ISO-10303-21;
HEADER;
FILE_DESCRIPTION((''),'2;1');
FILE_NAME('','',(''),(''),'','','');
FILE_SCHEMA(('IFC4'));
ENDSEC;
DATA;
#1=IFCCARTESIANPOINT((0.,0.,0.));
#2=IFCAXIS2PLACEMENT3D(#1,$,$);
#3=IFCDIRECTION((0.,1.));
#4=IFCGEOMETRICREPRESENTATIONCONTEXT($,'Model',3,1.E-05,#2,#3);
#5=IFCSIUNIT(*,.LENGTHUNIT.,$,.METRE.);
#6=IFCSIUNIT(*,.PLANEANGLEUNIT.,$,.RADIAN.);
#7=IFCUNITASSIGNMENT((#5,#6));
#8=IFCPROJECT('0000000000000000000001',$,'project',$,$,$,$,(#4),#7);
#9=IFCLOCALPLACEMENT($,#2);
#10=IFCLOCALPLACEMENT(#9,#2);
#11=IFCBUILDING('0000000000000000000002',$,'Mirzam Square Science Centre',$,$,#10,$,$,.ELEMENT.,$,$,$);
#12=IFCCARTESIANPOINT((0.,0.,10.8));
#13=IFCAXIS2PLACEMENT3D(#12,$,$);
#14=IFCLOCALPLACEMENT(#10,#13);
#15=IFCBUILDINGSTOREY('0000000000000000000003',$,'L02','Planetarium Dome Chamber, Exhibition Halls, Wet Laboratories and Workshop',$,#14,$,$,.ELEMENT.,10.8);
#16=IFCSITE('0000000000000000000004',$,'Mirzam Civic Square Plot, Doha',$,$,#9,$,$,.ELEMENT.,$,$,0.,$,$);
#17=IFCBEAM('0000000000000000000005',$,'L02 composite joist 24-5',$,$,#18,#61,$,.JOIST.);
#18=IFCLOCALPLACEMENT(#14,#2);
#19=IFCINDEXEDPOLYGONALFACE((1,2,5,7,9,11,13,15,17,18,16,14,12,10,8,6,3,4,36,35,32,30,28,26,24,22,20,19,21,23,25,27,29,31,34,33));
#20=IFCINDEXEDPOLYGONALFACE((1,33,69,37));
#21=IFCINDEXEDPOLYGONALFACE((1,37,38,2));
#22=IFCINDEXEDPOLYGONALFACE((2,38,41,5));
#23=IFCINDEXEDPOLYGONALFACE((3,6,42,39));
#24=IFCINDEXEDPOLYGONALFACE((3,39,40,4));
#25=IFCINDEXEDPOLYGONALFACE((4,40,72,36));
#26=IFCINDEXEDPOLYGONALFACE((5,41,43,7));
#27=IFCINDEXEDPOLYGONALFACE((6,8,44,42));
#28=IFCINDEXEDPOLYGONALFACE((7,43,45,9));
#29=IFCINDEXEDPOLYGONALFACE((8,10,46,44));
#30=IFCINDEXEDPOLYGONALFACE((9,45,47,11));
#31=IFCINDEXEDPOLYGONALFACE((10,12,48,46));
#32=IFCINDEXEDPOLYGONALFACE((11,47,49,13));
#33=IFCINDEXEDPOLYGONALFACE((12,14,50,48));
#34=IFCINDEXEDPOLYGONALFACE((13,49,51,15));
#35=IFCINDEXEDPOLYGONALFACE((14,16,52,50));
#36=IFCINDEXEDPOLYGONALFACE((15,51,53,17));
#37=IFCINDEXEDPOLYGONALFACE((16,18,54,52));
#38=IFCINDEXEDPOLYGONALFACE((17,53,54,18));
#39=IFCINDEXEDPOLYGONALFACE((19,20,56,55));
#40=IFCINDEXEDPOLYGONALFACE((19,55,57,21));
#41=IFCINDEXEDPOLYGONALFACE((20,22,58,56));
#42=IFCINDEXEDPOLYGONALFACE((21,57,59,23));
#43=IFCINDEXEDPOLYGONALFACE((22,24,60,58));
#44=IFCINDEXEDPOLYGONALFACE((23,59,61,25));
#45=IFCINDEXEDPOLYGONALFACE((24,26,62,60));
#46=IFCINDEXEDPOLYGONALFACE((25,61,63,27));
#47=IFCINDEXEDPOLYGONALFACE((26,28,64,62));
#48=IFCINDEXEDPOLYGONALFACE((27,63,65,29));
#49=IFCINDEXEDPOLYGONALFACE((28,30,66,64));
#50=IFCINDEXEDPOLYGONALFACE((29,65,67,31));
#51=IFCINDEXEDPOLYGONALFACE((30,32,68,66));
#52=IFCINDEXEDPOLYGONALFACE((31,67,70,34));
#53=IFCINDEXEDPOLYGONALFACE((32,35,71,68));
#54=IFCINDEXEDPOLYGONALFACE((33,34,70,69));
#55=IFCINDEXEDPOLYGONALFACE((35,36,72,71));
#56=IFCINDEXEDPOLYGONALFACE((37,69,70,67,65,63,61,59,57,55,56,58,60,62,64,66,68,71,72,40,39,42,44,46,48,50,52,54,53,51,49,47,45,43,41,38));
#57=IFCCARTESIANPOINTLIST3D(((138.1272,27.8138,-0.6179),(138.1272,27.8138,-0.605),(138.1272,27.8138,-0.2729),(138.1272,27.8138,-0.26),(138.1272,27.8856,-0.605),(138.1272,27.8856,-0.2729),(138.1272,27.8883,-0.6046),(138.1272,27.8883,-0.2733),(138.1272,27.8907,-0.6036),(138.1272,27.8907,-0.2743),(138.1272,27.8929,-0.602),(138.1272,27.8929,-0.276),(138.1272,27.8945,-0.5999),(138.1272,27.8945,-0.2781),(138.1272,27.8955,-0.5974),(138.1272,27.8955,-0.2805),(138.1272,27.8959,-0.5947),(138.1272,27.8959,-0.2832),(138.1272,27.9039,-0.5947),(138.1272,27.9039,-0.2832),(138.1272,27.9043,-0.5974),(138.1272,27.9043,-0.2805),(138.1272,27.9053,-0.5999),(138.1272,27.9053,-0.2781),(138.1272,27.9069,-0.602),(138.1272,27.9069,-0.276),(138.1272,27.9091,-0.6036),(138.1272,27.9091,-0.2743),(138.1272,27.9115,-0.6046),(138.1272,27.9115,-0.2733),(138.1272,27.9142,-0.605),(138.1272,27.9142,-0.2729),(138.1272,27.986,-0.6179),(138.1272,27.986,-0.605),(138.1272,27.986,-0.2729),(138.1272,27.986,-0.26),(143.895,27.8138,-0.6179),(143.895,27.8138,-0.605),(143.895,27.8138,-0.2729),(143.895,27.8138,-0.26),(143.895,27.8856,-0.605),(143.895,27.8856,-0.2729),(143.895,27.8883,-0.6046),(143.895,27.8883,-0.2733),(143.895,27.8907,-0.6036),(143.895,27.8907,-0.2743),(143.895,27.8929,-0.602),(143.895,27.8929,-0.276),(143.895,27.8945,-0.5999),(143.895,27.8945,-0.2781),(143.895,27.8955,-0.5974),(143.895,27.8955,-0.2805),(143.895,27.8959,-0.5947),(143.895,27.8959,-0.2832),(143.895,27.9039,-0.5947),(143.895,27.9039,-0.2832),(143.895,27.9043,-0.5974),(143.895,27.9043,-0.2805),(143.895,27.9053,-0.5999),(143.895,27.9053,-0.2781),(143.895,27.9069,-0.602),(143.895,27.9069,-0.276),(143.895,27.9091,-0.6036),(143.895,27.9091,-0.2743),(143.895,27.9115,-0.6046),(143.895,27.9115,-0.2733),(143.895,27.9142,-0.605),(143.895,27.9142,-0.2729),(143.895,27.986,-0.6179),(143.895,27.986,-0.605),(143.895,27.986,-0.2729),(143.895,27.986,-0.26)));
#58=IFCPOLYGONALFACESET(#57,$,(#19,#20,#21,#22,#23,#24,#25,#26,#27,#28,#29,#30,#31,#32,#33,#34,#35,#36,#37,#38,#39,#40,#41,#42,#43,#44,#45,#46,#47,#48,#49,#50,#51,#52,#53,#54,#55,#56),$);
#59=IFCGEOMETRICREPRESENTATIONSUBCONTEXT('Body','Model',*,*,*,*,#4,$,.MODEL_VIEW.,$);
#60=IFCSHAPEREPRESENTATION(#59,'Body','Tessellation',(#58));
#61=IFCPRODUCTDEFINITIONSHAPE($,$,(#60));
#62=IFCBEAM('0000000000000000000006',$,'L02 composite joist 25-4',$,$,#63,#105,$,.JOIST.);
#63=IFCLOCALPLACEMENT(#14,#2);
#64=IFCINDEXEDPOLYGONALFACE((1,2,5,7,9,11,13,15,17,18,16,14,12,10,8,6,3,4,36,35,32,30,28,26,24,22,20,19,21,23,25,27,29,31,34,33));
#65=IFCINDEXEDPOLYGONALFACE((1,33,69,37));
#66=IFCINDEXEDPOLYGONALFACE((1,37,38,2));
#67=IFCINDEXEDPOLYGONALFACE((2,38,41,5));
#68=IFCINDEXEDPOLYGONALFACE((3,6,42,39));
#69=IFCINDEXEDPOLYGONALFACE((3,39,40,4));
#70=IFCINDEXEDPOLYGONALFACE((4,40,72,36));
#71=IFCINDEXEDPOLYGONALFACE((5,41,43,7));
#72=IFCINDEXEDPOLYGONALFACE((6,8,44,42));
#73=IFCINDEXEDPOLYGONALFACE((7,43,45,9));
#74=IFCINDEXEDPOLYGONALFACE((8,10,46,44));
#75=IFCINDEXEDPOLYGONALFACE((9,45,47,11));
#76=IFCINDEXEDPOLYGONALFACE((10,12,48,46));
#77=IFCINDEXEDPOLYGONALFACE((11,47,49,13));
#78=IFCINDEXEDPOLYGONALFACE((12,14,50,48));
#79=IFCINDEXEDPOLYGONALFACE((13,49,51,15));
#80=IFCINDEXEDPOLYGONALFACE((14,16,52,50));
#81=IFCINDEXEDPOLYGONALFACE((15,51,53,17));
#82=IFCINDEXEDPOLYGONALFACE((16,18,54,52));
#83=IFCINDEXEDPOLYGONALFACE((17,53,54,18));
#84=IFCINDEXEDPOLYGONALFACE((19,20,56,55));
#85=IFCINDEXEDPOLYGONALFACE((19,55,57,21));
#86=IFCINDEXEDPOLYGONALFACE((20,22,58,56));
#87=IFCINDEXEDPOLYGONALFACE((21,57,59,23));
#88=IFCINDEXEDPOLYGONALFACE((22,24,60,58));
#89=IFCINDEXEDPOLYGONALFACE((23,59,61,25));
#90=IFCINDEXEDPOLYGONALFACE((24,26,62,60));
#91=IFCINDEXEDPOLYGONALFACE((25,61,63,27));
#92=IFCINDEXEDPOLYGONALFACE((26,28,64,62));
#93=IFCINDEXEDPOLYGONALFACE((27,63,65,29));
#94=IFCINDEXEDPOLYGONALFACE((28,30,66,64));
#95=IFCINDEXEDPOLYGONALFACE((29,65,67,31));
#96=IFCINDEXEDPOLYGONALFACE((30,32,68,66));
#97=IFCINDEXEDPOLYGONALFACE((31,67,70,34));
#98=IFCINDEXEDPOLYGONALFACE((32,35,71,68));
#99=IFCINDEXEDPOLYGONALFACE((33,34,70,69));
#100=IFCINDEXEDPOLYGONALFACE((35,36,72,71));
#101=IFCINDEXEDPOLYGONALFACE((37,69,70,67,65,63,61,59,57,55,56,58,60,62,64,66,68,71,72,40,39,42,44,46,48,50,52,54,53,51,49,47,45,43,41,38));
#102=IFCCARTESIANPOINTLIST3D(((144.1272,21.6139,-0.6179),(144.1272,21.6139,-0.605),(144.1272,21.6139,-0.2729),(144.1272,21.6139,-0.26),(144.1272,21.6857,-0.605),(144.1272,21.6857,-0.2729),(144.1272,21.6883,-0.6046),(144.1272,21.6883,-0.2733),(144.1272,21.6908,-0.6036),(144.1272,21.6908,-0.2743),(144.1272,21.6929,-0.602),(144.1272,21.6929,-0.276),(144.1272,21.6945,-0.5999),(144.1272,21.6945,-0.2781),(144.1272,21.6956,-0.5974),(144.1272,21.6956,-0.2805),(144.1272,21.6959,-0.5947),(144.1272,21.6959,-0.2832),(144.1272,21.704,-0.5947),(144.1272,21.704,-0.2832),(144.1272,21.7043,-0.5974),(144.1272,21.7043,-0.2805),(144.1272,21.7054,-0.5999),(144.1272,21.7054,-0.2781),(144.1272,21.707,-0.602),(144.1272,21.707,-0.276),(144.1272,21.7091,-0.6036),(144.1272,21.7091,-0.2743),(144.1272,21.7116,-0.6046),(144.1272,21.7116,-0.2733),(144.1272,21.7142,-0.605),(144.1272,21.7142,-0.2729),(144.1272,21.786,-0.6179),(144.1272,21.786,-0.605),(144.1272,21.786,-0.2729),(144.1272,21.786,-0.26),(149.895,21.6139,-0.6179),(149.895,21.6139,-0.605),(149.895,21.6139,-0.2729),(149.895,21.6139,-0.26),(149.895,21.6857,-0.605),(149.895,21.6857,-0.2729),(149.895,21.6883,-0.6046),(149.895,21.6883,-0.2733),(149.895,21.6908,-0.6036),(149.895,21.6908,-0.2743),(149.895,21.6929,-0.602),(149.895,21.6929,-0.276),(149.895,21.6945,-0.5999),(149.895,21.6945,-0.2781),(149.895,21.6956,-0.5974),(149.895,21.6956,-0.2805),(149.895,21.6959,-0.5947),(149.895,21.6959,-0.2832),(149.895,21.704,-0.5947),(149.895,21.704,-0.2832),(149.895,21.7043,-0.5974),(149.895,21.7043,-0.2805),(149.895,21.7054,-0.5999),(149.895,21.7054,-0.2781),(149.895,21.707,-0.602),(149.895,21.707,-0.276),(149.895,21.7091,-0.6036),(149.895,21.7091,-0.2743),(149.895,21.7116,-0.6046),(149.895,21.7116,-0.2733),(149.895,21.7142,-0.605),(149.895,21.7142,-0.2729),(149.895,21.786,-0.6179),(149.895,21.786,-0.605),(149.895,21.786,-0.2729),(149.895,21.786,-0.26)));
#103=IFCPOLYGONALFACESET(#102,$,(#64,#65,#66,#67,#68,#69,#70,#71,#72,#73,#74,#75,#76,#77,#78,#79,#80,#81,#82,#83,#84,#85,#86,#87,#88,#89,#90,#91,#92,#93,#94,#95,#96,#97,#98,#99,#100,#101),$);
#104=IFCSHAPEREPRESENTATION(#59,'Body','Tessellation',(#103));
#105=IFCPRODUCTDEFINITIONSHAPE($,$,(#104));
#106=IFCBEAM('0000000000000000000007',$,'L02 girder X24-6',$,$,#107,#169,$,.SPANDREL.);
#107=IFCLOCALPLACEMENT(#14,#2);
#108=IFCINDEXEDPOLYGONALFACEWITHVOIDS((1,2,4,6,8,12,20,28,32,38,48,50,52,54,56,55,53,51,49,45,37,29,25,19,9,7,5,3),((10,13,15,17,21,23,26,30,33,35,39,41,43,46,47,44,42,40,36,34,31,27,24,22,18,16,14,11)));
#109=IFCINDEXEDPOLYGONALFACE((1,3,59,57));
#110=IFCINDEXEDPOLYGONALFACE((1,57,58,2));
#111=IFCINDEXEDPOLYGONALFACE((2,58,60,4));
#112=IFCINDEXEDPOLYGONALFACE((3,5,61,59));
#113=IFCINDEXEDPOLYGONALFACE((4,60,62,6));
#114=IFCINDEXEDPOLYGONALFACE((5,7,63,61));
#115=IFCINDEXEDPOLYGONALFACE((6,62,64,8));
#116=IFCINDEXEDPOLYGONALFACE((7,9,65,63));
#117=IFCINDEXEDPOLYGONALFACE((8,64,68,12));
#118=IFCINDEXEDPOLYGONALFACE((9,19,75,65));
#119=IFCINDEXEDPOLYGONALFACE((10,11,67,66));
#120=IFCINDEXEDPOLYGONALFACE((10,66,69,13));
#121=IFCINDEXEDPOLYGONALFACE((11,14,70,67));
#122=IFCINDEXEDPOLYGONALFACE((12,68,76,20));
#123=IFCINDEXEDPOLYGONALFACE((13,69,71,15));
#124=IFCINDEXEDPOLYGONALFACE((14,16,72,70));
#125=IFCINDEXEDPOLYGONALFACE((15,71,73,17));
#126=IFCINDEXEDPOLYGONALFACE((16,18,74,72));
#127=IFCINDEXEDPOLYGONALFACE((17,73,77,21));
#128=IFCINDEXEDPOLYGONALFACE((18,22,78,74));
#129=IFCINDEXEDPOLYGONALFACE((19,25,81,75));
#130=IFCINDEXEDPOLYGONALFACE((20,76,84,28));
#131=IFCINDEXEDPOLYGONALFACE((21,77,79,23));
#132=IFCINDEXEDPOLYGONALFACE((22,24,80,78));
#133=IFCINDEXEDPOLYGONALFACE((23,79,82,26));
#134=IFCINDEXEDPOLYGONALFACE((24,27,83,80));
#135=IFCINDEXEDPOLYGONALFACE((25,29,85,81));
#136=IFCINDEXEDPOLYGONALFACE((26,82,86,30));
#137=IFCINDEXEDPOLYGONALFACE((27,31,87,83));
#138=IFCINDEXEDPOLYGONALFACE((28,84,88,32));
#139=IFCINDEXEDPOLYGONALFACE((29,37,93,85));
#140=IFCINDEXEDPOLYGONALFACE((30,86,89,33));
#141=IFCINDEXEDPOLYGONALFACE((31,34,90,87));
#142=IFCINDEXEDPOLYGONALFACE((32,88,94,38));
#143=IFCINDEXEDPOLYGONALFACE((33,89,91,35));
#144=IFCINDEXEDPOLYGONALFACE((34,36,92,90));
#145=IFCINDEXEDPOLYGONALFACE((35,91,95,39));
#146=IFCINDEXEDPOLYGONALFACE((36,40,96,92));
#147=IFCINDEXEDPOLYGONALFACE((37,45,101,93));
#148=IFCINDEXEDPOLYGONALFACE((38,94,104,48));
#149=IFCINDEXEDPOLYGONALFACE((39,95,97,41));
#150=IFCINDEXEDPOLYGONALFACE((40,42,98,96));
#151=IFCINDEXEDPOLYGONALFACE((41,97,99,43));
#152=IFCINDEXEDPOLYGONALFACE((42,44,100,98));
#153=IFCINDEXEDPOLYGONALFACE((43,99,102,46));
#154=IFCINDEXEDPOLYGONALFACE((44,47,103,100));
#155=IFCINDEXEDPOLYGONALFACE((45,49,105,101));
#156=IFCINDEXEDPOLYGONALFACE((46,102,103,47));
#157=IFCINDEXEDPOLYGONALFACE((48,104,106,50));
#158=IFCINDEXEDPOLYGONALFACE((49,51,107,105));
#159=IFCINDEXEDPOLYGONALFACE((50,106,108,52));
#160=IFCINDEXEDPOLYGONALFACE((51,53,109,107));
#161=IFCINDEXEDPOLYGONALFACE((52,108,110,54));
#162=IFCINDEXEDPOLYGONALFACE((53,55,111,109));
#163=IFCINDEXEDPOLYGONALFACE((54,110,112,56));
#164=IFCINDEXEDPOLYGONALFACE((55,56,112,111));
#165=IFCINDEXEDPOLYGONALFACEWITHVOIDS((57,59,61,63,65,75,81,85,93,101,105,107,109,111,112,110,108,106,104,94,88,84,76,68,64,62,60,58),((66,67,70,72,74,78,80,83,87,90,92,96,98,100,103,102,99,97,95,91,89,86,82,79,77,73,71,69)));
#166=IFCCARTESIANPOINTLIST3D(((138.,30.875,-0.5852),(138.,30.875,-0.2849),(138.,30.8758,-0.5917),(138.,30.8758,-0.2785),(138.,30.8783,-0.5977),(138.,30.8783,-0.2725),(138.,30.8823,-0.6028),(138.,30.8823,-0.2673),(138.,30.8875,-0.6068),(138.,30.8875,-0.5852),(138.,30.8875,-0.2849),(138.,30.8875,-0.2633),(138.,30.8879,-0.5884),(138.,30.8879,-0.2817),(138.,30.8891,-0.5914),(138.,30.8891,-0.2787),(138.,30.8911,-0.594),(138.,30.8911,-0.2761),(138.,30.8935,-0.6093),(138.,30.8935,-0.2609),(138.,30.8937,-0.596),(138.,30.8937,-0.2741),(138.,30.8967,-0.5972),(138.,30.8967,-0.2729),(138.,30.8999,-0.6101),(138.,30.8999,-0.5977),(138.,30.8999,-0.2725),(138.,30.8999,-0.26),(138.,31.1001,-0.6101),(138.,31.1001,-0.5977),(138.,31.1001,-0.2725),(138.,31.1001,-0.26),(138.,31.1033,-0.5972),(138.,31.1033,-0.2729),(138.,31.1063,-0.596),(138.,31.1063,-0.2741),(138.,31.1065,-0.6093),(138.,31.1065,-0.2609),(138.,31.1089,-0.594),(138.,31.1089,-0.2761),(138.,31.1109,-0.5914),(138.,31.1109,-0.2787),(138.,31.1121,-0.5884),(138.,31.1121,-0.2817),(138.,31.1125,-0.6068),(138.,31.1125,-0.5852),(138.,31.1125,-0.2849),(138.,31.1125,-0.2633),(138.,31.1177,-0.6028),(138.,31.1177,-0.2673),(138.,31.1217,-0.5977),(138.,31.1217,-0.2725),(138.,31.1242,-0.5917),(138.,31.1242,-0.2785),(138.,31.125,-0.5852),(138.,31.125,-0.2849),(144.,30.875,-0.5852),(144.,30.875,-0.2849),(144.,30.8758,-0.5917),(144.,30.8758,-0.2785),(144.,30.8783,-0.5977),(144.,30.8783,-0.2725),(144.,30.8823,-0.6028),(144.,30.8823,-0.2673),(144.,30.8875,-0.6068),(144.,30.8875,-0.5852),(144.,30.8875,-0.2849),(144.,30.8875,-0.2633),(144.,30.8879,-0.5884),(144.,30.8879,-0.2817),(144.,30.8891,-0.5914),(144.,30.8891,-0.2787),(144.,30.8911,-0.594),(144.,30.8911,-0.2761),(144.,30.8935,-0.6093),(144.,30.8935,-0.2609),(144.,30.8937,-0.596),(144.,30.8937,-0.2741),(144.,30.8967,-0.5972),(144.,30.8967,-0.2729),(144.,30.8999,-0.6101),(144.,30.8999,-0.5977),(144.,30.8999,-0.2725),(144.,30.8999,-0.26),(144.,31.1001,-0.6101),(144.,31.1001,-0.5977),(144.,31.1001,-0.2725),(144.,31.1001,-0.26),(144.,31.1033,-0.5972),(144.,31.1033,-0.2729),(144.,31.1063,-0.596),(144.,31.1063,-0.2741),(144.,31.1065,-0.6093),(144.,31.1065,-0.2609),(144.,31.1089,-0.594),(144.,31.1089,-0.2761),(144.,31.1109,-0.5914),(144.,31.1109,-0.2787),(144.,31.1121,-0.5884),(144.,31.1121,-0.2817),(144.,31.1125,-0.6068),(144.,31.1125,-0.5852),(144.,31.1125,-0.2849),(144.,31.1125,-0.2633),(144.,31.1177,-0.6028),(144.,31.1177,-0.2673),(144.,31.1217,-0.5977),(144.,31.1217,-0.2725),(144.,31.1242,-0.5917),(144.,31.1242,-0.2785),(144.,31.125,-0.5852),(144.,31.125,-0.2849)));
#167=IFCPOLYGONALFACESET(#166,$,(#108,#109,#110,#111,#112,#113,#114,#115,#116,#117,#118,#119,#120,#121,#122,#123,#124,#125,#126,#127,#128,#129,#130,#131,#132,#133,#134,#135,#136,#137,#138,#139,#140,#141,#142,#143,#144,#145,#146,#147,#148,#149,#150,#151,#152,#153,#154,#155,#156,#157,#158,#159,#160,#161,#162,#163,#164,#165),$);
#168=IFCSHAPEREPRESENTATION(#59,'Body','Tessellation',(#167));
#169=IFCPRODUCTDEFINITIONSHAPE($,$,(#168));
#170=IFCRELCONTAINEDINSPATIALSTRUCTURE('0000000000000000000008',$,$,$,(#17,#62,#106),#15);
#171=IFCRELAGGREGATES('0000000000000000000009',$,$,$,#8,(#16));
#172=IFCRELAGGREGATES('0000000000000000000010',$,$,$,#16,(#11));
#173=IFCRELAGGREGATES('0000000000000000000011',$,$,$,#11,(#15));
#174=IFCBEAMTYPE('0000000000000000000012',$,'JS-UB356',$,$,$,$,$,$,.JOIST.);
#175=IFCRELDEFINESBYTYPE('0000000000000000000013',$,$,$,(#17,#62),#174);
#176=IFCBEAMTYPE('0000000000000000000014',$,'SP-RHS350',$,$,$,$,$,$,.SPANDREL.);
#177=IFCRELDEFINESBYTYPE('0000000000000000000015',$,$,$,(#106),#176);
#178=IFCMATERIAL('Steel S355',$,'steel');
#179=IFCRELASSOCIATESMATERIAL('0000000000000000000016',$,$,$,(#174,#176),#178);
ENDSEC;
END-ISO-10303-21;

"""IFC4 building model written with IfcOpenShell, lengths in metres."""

from ifc_helpers import new_model, si_unit, direction, frame, origin, origin_2d, place, context, subcontext, project, spatial, hollow_rectangle, i_section, extrude, material, material_profile, profile_set, type_object, element, save


model = new_model("IFC4")

# Units and contexts
model_context = context("Model", 3, precision=1e-05, world=origin(), true_north=direction((0.0, 1.0)))
body_context = subcontext(model_context, "Body", "Model", "MODEL_VIEW")
ifc_project = project(units=[si_unit("LENGTHUNIT", "METRE"), si_unit("PLANEANGLEUNIT", "RADIAN")], contexts=[model_context])

# Site, building, storey
site_placement = place(None, origin())
site = spatial("IfcSite", under=ifc_project, at=site_placement, Name="Mirzam Civic Square Plot, Doha", CompositionType="ELEMENT", RefElevation=0.0)
building_placement = place(site_placement, origin())
building = spatial("IfcBuilding", under=site, at=building_placement, Name="Mirzam Square Science Centre", CompositionType="ELEMENT")
storey_placement = place(building_placement, frame((0.0, 0.0, 10.8)))
storey = spatial("IfcBuildingStorey", under=building, at=storey_placement, Name="L02", Description="Planetarium Dome Chamber, Exhibition Halls, Wet Laboratories and Workshop", CompositionType="ELEMENT", Elevation=10.8)

# Shared definitions
ifc_material_1 = material(Name="Steel S355", Category="steel")

# Beams
ifc_material_profile_1 = material_profile(ifc_material_1, i_section(OverallWidth=0.1721, OverallDepth=0.3579, WebThickness=0.0081, FlangeThickness=0.0129, FilletRadius=0.0103, at=origin_2d()), Name="356x171x57UB")
ifc_profile_set_1 = profile_set([ifc_material_profile_1], Name="Steel S355")
beam_type_1 = type_object("IfcBeamType", Name="JS-UB356", PredefinedType="JOIST", material=ifc_profile_set_1)
for number, where, z_axis, x_axis, name in (
    (1, (138.1272, 27.8999, -0.439), (1.0, 0.0, 0.0), (0.0, 1.0, 0.0), "L02 composite joist 24-5"),
    (2, (144.1272, 21.7, -0.439), (1.0, 0.0, 0.0), (0.0, 1.0, 0.0), "L02 composite joist 25-4"),
):
    element("IfcBeam", number, at=place(storey_placement, frame(where, z_axis=z_axis, x_axis=x_axis)), inside=storey, type_object=beam_type_1, Name=name, PredefinedType="JOIST", context=body_context, shape_type="SweptSolid", body=[
        extrude(i_section(OverallWidth=0.1721, OverallDepth=0.3579, WebThickness=0.0081, FlangeThickness=0.0129, FilletRadius=0.0103, at=origin_2d()), origin(), (0.0, 0.0, 1.0), 5.7678),
    ])
ifc_material_profile_2 = material_profile(ifc_material_1, hollow_rectangle(XDim=0.25, YDim=0.3501, WallThickness=0.0125, InnerFilletRadius=0.0125, OuterFilletRadius=0.0249, at=origin_2d()), Name="350x250x12.5RHS")
ifc_profile_set_2 = profile_set([ifc_material_profile_2], Name="Steel S355")
beam_type_2 = type_object("IfcBeamType", Name="SP-RHS350", PredefinedType="SPANDREL", material=ifc_profile_set_2)
for number, where, z_axis, x_axis, name in (
    (3, (138.0, 31.0, -0.4351), (1.0, 0.0, 0.0), (0.0, 1.0, 0.0), "L02 girder X24-6"),
):
    element("IfcBeam", number, at=place(storey_placement, frame(where, z_axis=z_axis, x_axis=x_axis)), inside=storey, type_object=beam_type_2, Name=name, PredefinedType="SPANDREL", context=body_context, shape_type="SweptSolid", body=[
        extrude(hollow_rectangle(XDim=0.25, YDim=0.3501, WallThickness=0.0125, InnerFilletRadius=0.0125, OuterFilletRadius=0.0249, at=origin_2d()), origin(), (0.0, 0.0, 1.0), 6.0),
    ])

save(model, "model.ifc")
